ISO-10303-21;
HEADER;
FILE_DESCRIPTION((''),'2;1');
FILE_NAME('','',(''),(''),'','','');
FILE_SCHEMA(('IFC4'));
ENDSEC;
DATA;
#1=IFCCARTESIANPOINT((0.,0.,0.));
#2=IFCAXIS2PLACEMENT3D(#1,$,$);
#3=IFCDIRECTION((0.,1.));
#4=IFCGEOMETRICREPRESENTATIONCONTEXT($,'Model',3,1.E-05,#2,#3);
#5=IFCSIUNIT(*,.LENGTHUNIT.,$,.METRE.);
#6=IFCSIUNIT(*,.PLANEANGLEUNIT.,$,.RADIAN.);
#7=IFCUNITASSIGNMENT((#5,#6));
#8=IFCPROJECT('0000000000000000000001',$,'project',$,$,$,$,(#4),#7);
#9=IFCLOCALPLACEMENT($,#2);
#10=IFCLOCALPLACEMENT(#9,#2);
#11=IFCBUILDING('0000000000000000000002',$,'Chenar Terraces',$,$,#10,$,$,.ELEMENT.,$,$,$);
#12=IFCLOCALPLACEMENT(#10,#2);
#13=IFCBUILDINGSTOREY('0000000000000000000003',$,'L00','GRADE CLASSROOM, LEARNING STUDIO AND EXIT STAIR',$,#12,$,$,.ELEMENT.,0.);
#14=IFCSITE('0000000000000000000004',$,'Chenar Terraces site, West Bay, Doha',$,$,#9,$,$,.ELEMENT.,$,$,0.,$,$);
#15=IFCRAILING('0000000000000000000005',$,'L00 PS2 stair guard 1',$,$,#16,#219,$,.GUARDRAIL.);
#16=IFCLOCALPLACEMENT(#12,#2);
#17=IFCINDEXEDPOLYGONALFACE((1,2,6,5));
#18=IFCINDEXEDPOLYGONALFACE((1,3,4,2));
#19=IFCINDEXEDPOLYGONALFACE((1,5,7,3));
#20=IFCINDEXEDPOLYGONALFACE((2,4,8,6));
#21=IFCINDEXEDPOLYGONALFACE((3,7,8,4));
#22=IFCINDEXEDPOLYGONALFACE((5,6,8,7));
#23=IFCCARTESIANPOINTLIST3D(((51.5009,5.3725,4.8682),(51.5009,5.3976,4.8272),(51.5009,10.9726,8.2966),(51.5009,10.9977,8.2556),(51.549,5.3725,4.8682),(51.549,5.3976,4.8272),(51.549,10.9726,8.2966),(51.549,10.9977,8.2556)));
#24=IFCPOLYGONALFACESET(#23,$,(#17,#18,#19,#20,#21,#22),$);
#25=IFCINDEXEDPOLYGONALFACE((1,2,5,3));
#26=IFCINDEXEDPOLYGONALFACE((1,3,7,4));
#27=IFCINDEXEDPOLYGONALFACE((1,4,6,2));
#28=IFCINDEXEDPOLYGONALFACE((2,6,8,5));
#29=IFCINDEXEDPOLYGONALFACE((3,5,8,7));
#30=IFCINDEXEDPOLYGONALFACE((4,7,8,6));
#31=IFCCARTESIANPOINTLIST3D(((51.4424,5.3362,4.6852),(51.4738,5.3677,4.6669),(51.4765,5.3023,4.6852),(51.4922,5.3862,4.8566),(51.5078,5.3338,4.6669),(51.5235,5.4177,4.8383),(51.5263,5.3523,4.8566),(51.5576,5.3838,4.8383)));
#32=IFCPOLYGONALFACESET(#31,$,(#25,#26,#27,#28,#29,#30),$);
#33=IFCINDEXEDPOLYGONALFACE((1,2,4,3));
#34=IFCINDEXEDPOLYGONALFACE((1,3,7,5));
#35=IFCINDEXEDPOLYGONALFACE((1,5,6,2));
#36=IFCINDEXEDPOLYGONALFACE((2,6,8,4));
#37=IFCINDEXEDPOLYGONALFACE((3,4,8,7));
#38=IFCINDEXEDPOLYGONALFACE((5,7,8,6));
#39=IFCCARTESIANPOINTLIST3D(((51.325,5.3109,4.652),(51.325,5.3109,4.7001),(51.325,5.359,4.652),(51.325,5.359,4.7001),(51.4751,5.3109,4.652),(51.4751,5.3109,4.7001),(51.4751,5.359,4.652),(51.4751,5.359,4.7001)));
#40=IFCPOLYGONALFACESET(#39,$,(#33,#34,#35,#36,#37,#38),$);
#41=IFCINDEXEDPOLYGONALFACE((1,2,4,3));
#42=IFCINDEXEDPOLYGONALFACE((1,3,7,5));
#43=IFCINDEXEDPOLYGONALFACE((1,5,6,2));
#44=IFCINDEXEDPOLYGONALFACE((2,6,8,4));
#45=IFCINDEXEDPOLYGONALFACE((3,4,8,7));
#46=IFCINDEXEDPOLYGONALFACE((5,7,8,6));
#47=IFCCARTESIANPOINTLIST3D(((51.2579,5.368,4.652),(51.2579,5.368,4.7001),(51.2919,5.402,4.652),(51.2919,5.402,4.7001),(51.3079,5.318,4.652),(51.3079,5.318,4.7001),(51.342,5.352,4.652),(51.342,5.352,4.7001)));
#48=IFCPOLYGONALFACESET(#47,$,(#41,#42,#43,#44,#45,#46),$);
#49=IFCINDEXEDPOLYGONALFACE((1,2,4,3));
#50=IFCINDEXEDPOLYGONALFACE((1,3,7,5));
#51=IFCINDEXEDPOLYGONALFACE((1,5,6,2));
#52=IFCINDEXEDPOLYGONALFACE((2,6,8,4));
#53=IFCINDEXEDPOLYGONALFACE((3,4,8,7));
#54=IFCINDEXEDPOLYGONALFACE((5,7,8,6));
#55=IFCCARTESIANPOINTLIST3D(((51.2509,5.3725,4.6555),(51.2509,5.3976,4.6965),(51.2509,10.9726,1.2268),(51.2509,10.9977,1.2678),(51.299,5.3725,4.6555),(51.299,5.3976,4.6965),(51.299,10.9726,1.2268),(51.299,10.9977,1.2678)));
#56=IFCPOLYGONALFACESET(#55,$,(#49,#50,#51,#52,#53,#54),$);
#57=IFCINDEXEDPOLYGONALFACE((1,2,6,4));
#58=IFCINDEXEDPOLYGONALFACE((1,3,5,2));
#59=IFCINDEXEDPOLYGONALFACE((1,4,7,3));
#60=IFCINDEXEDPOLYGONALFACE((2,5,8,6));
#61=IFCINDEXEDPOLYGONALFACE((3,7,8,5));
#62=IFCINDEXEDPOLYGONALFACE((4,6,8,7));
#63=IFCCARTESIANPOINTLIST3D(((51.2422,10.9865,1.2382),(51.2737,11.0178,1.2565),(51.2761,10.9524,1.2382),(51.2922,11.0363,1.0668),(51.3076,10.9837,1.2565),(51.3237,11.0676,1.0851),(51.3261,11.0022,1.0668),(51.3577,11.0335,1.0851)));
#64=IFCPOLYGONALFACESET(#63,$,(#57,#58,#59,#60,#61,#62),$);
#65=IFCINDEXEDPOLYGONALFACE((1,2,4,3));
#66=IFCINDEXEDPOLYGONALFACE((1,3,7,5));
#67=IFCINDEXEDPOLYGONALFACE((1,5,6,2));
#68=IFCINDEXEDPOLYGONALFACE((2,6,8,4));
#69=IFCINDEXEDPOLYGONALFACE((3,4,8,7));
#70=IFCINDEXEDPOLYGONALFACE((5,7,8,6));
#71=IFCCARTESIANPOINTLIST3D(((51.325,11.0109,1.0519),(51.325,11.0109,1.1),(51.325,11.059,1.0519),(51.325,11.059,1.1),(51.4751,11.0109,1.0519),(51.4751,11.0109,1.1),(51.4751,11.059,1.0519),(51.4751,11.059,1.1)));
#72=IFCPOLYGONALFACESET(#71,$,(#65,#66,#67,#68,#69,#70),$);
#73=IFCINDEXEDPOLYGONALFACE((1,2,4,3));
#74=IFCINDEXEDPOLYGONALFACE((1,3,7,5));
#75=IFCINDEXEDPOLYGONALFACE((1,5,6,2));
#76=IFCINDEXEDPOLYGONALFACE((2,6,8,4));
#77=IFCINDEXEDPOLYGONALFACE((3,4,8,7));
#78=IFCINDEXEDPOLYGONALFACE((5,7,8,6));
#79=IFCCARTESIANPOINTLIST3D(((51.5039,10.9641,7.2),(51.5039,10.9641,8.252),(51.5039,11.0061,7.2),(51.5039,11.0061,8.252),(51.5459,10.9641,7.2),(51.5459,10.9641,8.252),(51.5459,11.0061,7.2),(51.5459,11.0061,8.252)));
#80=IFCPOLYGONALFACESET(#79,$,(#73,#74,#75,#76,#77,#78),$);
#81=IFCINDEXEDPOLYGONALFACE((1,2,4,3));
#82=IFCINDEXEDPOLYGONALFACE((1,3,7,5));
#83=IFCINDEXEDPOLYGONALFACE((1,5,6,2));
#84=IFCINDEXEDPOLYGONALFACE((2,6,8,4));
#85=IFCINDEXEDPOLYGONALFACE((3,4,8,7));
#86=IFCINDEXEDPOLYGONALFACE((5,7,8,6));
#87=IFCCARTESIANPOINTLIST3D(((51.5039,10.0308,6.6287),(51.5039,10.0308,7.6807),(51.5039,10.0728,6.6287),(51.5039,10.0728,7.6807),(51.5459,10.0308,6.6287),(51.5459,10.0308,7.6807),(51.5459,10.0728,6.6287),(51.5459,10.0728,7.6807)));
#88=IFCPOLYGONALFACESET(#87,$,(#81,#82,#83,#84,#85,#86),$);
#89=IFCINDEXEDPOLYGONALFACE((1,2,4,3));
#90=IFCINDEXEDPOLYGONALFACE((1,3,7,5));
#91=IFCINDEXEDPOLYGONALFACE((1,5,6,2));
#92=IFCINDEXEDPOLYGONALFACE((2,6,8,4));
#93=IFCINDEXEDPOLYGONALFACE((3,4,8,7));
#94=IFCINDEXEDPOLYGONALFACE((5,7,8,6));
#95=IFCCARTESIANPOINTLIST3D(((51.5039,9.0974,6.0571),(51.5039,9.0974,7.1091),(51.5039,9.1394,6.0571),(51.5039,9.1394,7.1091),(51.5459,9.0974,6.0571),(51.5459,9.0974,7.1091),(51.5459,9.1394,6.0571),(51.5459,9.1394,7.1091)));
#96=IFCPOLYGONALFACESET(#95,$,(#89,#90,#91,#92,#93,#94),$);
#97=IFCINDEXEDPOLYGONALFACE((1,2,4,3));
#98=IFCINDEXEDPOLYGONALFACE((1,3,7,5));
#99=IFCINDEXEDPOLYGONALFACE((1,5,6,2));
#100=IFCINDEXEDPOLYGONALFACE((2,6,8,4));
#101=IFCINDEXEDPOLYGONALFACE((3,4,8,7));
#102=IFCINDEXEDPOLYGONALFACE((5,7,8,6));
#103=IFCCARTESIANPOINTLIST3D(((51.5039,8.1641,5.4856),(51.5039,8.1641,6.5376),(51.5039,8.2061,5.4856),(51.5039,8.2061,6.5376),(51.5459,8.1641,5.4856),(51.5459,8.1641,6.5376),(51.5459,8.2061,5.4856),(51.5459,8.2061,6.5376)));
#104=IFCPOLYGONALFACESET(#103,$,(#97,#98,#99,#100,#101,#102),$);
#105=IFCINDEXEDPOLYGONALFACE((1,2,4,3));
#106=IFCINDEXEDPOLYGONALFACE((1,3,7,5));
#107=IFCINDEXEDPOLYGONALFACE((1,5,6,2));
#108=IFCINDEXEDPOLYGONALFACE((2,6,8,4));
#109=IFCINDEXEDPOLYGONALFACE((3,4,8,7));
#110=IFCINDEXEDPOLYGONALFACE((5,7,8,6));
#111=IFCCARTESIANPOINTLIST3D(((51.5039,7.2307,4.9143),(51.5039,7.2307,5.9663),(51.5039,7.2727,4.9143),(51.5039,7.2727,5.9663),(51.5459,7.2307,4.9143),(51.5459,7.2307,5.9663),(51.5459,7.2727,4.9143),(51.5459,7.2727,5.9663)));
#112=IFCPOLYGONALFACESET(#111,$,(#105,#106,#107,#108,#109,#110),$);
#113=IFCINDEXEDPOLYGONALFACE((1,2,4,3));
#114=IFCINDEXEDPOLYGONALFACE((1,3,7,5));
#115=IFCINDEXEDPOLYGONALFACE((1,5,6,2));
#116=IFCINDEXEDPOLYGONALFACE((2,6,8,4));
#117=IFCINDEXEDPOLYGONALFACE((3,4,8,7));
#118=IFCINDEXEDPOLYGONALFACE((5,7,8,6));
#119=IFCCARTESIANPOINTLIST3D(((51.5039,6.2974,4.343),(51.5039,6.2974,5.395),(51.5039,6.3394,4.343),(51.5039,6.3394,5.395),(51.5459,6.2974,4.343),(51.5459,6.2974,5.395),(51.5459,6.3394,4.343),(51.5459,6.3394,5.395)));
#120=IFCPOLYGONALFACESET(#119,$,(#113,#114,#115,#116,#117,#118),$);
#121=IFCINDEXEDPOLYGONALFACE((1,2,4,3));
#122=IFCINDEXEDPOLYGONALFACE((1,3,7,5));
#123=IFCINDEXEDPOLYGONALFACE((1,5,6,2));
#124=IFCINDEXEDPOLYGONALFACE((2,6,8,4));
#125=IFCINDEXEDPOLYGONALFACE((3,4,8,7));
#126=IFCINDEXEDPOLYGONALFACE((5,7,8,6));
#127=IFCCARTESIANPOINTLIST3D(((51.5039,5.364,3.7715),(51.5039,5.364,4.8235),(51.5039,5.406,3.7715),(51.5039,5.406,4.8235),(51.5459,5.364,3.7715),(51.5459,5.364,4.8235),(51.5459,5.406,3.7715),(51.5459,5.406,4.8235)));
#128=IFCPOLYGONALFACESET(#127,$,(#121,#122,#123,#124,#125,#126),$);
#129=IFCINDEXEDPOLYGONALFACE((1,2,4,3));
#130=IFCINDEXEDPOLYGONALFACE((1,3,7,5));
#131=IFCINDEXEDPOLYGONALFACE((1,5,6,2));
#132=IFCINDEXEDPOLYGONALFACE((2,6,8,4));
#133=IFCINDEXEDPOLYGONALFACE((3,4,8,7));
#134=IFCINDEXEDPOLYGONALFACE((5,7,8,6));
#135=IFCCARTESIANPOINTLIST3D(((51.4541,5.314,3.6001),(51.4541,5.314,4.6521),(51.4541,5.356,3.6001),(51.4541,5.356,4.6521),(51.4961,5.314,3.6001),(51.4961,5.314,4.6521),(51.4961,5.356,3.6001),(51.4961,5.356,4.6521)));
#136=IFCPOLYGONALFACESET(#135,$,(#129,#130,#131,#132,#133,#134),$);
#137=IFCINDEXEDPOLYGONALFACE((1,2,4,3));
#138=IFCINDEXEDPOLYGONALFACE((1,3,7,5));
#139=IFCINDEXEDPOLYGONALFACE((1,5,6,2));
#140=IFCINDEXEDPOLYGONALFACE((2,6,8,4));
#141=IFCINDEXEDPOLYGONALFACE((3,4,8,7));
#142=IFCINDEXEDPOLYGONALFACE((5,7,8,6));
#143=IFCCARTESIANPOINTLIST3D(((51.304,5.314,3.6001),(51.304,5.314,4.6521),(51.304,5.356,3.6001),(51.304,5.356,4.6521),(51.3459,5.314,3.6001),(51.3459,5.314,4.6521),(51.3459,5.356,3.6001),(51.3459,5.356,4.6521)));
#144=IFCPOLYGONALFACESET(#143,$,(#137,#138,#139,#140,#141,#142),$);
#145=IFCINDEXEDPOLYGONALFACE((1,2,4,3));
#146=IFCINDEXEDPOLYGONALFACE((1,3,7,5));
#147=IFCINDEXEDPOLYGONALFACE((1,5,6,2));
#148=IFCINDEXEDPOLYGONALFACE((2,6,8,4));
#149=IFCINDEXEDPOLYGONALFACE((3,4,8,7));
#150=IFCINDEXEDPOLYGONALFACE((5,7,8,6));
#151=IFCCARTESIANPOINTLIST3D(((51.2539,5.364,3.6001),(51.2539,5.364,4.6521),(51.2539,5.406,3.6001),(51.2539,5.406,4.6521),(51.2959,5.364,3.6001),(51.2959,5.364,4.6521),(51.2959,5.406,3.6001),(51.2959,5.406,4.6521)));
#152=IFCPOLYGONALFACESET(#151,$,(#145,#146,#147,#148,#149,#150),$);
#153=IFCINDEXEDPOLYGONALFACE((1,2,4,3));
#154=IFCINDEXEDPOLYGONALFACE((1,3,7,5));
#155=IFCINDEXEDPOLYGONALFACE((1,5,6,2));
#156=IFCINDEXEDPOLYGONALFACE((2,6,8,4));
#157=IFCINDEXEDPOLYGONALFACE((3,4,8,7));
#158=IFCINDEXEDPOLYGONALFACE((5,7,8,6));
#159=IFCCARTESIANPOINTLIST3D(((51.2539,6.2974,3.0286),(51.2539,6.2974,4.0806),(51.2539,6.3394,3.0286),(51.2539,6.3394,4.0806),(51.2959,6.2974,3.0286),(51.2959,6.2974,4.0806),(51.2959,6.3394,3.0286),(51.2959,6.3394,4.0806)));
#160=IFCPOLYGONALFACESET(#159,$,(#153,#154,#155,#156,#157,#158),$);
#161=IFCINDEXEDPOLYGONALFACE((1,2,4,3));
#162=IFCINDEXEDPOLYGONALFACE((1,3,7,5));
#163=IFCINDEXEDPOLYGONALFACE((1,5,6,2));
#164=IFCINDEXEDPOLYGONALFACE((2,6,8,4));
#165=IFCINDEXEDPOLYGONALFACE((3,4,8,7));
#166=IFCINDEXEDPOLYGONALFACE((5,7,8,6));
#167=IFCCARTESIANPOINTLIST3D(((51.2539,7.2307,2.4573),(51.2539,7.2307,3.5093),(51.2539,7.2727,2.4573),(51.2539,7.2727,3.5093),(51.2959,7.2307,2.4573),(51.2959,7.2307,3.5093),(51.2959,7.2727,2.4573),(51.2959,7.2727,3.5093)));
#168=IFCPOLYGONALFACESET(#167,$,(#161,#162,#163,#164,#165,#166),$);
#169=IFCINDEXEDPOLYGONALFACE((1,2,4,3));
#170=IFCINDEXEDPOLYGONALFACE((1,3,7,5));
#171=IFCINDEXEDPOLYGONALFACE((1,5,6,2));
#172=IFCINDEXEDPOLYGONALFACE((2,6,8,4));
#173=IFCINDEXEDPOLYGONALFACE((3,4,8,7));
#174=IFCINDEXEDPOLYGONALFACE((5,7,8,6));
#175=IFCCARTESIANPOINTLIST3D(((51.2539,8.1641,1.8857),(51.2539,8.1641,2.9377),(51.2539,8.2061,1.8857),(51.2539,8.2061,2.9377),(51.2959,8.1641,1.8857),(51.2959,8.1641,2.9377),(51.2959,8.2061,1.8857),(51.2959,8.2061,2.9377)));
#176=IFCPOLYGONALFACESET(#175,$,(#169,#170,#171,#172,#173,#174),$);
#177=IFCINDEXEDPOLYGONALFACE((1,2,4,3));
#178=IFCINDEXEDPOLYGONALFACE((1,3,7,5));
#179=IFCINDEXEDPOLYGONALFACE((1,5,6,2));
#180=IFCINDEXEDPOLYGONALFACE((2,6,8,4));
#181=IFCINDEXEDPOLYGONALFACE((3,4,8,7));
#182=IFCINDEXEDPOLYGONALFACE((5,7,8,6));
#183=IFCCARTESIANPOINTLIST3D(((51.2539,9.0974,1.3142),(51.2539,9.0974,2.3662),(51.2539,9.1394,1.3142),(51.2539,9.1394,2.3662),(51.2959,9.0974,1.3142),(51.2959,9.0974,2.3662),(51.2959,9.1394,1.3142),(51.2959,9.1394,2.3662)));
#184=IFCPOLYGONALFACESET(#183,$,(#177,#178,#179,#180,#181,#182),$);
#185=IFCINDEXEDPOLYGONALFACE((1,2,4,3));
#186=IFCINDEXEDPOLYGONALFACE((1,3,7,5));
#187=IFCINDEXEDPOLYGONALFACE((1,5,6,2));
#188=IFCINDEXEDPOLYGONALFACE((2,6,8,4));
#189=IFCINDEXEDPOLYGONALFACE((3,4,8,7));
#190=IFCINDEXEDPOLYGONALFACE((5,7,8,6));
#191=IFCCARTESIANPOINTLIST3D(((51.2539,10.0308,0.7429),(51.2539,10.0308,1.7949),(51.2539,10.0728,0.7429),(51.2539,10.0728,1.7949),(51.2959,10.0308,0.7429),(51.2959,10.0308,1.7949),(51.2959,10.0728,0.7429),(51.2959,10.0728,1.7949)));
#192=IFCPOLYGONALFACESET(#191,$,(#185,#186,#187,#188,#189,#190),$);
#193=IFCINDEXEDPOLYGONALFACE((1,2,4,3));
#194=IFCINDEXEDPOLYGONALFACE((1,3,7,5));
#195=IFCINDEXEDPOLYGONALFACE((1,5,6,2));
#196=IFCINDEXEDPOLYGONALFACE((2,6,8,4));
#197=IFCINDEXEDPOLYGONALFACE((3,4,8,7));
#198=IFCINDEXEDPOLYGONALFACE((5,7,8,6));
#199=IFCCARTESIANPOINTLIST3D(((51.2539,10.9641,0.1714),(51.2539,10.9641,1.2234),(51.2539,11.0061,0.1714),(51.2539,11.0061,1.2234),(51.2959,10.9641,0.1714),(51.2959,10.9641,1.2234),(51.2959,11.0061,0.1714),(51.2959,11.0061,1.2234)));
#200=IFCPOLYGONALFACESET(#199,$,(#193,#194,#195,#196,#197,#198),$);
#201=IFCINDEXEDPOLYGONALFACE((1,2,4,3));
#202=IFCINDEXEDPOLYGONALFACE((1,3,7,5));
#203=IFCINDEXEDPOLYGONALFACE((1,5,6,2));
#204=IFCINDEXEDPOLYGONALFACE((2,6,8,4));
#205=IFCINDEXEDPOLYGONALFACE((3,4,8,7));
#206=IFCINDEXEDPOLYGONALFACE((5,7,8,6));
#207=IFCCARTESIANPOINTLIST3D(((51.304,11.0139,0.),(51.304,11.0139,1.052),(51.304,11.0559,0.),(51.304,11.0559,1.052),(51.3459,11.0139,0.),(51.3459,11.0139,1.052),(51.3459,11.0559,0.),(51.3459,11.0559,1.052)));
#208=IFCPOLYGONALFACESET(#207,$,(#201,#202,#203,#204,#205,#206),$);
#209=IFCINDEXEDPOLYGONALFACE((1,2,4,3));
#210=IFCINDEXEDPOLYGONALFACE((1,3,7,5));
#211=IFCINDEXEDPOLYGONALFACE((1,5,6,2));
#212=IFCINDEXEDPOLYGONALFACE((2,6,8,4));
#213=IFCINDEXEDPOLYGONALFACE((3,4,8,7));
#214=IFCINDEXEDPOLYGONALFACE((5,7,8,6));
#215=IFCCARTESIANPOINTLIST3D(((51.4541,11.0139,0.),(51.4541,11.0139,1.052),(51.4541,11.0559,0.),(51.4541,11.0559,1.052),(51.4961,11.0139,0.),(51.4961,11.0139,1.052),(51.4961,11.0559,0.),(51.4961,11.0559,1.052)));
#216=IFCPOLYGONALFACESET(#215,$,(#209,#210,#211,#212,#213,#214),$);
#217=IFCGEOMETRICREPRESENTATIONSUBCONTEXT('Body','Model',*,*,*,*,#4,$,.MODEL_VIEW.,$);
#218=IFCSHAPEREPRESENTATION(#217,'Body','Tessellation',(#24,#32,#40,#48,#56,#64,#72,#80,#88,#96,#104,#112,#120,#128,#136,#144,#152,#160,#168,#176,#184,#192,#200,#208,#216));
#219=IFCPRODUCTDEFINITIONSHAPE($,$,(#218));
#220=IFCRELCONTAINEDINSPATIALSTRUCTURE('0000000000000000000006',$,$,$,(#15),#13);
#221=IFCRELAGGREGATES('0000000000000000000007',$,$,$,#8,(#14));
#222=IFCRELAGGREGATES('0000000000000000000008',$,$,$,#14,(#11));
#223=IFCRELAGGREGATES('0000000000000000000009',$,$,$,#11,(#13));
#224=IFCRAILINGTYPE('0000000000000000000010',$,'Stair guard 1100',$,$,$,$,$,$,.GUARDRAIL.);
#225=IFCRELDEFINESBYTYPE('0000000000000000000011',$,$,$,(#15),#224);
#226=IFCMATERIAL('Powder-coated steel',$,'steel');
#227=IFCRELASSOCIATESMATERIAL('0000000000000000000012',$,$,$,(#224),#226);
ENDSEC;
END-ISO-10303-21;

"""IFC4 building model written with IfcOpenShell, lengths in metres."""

from ifc_helpers import new_model, si_unit, direction, frame, origin, origin_2d, place, context, subcontext, project, spatial, rectangle, extrude, material, type_object, element, save


model = new_model("IFC4")

# Units and contexts
model_context = context("Model", 3, precision=1e-05, world=origin(), true_north=direction((0.0, 1.0)))
body_context = subcontext(model_context, "Body", "Model", "MODEL_VIEW")
ifc_project = project(units=[si_unit("LENGTHUNIT", "METRE"), si_unit("PLANEANGLEUNIT", "RADIAN")], contexts=[model_context])

# Site, building, storey
site_placement = place(None, origin())
site = spatial("IfcSite", under=ifc_project, at=site_placement, Name="Chenar Terraces site, West Bay, Doha", CompositionType="ELEMENT", RefElevation=0.0)
building_placement = place(site_placement, origin())
building = spatial("IfcBuilding", under=site, at=building_placement, Name="Chenar Terraces", CompositionType="ELEMENT")
storey_placement = place(building_placement, origin())
storey = spatial("IfcBuildingStorey", under=building, at=storey_placement, Name="L00", Description="GRADE CLASSROOM, LEARNING STUDIO AND EXIT STAIR", CompositionType="ELEMENT", Elevation=0.0)

# Railing
ifc_material_1 = material(Name="Powder-coated steel", Category="steel")
railing_type_1 = type_object("IfcRailingType", Name="Stair guard 1100", PredefinedType="GUARDRAIL", material=ifc_material_1)
railing_1_placement = place(storey_placement, frame((51.5249, 10.9851, 7.2)))
element("IfcRailing", 1, at=railing_1_placement, inside=storey, type_object=railing_type_1, Name="L00 PS2 stair guard 1", PredefinedType="GUARDRAIL", context=body_context, shape_type="SweptSolid", body=[
    extrude(rectangle(XDim=0.0481, YDim=0.0481, at=origin_2d()), frame((0.0, 0.0, 1.0762), z_axis=(0.0, -0.852862, -0.522136), x_axis=(1.0, 0.0, 0.0)), (0.0, 0.0, 1.0), 6.5662),
    extrude(rectangle(XDim=0.0481, YDim=0.0481, at=origin_2d()), frame((0.0, -5.6001, -2.3525), z_axis=(-0.26869, -0.270007, -0.924609), x_axis=(0.708834, -0.705376, 0.0)), (0.0, 0.0, 1.0), 0.1853),
    extrude(rectangle(XDim=0.0481, YDim=0.0481, at=origin_2d()), frame((-0.0498, -5.6501, -2.5239), z_axis=(-1.0, 0.0, 0.0), x_axis=(0.0, -1.0, 0.0)), (0.0, 0.0, 1.0), 0.1501),
    extrude(rectangle(XDim=0.0481, YDim=0.0481, at=origin_2d()), frame((-0.2, -5.6501, -2.5239), z_axis=(-0.707107, 0.707107, 0.0), x_axis=(-0.707107, -0.707107, 0.0)), (0.0, 0.0, 1.0), 0.0708),
    extrude(rectangle(XDim=0.0481, YDim=0.0481, at=origin_2d()), frame((-0.25, -5.6001, -2.5239), z_axis=(0.0, 0.852846, -0.522163), x_axis=(-1.0, 0.0, 0.0)), (0.0, 0.0, 1.0), 6.5664),
    extrude(rectangle(XDim=0.0481, YDim=0.0481, at=origin_2d()), frame((-0.25, 0.0, -5.9526), z_axis=(0.270007, 0.26869, -0.924609), x_axis=(-0.705376, 0.708834, 0.0)), (0.0, 0.0, 1.0), 0.1853),
    extrude(rectangle(XDim=0.0481, YDim=0.0481, at=origin_2d()), frame((-0.2, 0.0498, -6.124), z_axis=(1.0, 0.0, 0.0), x_axis=(0.0, 1.0, 0.0)), (0.0, 0.0, 1.0), 0.1501),
    extrude(rectangle(XDim=0.042, YDim=0.042, at=origin_2d()), origin(), (0.0, 0.0, 1.0), 1.052),
    extrude(rectangle(XDim=0.042, YDim=0.042, at=origin_2d()), frame((0.0, -0.9333, -0.5713)), (0.0, 0.0, 1.0), 1.052),
    extrude(rectangle(XDim=0.042, YDim=0.042, at=origin_2d()), frame((0.0, -1.8667, -1.1428)), (0.0, 0.0, 1.0), 1.052),
    extrude(rectangle(XDim=0.042, YDim=0.042, at=origin_2d()), frame((0.0, -2.8, -1.7144)), (0.0, 0.0, 1.0), 1.052),
    extrude(rectangle(XDim=0.042, YDim=0.042, at=origin_2d()), frame((0.0, -3.7334, -2.2856)), (0.0, 0.0, 1.0), 1.052),
    extrude(rectangle(XDim=0.042, YDim=0.042, at=origin_2d()), frame((0.0, -4.6667, -2.8569)), (0.0, 0.0, 1.0), 1.052),
    extrude(rectangle(XDim=0.042, YDim=0.042, at=origin_2d()), frame((0.0, -5.6001, -3.4285)), (0.0, 0.0, 1.0), 1.052),
    extrude(rectangle(XDim=0.042, YDim=0.042, at=origin_2d()), frame((-0.0498, -5.6501, -3.5999)), (0.0, 0.0, 1.0), 1.052),
    extrude(rectangle(XDim=0.042, YDim=0.042, at=origin_2d()), frame((-0.2, -5.6501, -3.5999)), (0.0, 0.0, 1.0), 1.052),
    extrude(rectangle(XDim=0.042, YDim=0.042, at=origin_2d()), frame((-0.25, -5.6001, -3.5999)), (0.0, 0.0, 1.0), 1.052),
    extrude(rectangle(XDim=0.042, YDim=0.042, at=origin_2d()), frame((-0.25, -4.6667, -4.1714)), (0.0, 0.0, 1.0), 1.052),
    extrude(rectangle(XDim=0.042, YDim=0.042, at=origin_2d()), frame((-0.25, -3.7334, -4.7427)), (0.0, 0.0, 1.0), 1.052),
    extrude(rectangle(XDim=0.042, YDim=0.042, at=origin_2d()), frame((-0.25, -2.8, -5.3142)), (0.0, 0.0, 1.0), 1.052),
    extrude(rectangle(XDim=0.042, YDim=0.042, at=origin_2d()), frame((-0.25, -1.8667, -5.8857)), (0.0, 0.0, 1.0), 1.052),
    extrude(rectangle(XDim=0.042, YDim=0.042, at=origin_2d()), frame((-0.25, -0.9333, -6.457)), (0.0, 0.0, 1.0), 1.052),
    extrude(rectangle(XDim=0.042, YDim=0.042, at=origin_2d()), frame((-0.25, 0.0, -7.0286)), (0.0, 0.0, 1.0), 1.052),
    extrude(rectangle(XDim=0.042, YDim=0.042, at=origin_2d()), frame((-0.2, 0.0498, -7.2)), (0.0, 0.0, 1.0), 1.052),
    extrude(rectangle(XDim=0.042, YDim=0.042, at=origin_2d()), frame((-0.0498, 0.0498, -7.2)), (0.0, 0.0, 1.0), 1.052),
])

save(model, "model.ifc")
